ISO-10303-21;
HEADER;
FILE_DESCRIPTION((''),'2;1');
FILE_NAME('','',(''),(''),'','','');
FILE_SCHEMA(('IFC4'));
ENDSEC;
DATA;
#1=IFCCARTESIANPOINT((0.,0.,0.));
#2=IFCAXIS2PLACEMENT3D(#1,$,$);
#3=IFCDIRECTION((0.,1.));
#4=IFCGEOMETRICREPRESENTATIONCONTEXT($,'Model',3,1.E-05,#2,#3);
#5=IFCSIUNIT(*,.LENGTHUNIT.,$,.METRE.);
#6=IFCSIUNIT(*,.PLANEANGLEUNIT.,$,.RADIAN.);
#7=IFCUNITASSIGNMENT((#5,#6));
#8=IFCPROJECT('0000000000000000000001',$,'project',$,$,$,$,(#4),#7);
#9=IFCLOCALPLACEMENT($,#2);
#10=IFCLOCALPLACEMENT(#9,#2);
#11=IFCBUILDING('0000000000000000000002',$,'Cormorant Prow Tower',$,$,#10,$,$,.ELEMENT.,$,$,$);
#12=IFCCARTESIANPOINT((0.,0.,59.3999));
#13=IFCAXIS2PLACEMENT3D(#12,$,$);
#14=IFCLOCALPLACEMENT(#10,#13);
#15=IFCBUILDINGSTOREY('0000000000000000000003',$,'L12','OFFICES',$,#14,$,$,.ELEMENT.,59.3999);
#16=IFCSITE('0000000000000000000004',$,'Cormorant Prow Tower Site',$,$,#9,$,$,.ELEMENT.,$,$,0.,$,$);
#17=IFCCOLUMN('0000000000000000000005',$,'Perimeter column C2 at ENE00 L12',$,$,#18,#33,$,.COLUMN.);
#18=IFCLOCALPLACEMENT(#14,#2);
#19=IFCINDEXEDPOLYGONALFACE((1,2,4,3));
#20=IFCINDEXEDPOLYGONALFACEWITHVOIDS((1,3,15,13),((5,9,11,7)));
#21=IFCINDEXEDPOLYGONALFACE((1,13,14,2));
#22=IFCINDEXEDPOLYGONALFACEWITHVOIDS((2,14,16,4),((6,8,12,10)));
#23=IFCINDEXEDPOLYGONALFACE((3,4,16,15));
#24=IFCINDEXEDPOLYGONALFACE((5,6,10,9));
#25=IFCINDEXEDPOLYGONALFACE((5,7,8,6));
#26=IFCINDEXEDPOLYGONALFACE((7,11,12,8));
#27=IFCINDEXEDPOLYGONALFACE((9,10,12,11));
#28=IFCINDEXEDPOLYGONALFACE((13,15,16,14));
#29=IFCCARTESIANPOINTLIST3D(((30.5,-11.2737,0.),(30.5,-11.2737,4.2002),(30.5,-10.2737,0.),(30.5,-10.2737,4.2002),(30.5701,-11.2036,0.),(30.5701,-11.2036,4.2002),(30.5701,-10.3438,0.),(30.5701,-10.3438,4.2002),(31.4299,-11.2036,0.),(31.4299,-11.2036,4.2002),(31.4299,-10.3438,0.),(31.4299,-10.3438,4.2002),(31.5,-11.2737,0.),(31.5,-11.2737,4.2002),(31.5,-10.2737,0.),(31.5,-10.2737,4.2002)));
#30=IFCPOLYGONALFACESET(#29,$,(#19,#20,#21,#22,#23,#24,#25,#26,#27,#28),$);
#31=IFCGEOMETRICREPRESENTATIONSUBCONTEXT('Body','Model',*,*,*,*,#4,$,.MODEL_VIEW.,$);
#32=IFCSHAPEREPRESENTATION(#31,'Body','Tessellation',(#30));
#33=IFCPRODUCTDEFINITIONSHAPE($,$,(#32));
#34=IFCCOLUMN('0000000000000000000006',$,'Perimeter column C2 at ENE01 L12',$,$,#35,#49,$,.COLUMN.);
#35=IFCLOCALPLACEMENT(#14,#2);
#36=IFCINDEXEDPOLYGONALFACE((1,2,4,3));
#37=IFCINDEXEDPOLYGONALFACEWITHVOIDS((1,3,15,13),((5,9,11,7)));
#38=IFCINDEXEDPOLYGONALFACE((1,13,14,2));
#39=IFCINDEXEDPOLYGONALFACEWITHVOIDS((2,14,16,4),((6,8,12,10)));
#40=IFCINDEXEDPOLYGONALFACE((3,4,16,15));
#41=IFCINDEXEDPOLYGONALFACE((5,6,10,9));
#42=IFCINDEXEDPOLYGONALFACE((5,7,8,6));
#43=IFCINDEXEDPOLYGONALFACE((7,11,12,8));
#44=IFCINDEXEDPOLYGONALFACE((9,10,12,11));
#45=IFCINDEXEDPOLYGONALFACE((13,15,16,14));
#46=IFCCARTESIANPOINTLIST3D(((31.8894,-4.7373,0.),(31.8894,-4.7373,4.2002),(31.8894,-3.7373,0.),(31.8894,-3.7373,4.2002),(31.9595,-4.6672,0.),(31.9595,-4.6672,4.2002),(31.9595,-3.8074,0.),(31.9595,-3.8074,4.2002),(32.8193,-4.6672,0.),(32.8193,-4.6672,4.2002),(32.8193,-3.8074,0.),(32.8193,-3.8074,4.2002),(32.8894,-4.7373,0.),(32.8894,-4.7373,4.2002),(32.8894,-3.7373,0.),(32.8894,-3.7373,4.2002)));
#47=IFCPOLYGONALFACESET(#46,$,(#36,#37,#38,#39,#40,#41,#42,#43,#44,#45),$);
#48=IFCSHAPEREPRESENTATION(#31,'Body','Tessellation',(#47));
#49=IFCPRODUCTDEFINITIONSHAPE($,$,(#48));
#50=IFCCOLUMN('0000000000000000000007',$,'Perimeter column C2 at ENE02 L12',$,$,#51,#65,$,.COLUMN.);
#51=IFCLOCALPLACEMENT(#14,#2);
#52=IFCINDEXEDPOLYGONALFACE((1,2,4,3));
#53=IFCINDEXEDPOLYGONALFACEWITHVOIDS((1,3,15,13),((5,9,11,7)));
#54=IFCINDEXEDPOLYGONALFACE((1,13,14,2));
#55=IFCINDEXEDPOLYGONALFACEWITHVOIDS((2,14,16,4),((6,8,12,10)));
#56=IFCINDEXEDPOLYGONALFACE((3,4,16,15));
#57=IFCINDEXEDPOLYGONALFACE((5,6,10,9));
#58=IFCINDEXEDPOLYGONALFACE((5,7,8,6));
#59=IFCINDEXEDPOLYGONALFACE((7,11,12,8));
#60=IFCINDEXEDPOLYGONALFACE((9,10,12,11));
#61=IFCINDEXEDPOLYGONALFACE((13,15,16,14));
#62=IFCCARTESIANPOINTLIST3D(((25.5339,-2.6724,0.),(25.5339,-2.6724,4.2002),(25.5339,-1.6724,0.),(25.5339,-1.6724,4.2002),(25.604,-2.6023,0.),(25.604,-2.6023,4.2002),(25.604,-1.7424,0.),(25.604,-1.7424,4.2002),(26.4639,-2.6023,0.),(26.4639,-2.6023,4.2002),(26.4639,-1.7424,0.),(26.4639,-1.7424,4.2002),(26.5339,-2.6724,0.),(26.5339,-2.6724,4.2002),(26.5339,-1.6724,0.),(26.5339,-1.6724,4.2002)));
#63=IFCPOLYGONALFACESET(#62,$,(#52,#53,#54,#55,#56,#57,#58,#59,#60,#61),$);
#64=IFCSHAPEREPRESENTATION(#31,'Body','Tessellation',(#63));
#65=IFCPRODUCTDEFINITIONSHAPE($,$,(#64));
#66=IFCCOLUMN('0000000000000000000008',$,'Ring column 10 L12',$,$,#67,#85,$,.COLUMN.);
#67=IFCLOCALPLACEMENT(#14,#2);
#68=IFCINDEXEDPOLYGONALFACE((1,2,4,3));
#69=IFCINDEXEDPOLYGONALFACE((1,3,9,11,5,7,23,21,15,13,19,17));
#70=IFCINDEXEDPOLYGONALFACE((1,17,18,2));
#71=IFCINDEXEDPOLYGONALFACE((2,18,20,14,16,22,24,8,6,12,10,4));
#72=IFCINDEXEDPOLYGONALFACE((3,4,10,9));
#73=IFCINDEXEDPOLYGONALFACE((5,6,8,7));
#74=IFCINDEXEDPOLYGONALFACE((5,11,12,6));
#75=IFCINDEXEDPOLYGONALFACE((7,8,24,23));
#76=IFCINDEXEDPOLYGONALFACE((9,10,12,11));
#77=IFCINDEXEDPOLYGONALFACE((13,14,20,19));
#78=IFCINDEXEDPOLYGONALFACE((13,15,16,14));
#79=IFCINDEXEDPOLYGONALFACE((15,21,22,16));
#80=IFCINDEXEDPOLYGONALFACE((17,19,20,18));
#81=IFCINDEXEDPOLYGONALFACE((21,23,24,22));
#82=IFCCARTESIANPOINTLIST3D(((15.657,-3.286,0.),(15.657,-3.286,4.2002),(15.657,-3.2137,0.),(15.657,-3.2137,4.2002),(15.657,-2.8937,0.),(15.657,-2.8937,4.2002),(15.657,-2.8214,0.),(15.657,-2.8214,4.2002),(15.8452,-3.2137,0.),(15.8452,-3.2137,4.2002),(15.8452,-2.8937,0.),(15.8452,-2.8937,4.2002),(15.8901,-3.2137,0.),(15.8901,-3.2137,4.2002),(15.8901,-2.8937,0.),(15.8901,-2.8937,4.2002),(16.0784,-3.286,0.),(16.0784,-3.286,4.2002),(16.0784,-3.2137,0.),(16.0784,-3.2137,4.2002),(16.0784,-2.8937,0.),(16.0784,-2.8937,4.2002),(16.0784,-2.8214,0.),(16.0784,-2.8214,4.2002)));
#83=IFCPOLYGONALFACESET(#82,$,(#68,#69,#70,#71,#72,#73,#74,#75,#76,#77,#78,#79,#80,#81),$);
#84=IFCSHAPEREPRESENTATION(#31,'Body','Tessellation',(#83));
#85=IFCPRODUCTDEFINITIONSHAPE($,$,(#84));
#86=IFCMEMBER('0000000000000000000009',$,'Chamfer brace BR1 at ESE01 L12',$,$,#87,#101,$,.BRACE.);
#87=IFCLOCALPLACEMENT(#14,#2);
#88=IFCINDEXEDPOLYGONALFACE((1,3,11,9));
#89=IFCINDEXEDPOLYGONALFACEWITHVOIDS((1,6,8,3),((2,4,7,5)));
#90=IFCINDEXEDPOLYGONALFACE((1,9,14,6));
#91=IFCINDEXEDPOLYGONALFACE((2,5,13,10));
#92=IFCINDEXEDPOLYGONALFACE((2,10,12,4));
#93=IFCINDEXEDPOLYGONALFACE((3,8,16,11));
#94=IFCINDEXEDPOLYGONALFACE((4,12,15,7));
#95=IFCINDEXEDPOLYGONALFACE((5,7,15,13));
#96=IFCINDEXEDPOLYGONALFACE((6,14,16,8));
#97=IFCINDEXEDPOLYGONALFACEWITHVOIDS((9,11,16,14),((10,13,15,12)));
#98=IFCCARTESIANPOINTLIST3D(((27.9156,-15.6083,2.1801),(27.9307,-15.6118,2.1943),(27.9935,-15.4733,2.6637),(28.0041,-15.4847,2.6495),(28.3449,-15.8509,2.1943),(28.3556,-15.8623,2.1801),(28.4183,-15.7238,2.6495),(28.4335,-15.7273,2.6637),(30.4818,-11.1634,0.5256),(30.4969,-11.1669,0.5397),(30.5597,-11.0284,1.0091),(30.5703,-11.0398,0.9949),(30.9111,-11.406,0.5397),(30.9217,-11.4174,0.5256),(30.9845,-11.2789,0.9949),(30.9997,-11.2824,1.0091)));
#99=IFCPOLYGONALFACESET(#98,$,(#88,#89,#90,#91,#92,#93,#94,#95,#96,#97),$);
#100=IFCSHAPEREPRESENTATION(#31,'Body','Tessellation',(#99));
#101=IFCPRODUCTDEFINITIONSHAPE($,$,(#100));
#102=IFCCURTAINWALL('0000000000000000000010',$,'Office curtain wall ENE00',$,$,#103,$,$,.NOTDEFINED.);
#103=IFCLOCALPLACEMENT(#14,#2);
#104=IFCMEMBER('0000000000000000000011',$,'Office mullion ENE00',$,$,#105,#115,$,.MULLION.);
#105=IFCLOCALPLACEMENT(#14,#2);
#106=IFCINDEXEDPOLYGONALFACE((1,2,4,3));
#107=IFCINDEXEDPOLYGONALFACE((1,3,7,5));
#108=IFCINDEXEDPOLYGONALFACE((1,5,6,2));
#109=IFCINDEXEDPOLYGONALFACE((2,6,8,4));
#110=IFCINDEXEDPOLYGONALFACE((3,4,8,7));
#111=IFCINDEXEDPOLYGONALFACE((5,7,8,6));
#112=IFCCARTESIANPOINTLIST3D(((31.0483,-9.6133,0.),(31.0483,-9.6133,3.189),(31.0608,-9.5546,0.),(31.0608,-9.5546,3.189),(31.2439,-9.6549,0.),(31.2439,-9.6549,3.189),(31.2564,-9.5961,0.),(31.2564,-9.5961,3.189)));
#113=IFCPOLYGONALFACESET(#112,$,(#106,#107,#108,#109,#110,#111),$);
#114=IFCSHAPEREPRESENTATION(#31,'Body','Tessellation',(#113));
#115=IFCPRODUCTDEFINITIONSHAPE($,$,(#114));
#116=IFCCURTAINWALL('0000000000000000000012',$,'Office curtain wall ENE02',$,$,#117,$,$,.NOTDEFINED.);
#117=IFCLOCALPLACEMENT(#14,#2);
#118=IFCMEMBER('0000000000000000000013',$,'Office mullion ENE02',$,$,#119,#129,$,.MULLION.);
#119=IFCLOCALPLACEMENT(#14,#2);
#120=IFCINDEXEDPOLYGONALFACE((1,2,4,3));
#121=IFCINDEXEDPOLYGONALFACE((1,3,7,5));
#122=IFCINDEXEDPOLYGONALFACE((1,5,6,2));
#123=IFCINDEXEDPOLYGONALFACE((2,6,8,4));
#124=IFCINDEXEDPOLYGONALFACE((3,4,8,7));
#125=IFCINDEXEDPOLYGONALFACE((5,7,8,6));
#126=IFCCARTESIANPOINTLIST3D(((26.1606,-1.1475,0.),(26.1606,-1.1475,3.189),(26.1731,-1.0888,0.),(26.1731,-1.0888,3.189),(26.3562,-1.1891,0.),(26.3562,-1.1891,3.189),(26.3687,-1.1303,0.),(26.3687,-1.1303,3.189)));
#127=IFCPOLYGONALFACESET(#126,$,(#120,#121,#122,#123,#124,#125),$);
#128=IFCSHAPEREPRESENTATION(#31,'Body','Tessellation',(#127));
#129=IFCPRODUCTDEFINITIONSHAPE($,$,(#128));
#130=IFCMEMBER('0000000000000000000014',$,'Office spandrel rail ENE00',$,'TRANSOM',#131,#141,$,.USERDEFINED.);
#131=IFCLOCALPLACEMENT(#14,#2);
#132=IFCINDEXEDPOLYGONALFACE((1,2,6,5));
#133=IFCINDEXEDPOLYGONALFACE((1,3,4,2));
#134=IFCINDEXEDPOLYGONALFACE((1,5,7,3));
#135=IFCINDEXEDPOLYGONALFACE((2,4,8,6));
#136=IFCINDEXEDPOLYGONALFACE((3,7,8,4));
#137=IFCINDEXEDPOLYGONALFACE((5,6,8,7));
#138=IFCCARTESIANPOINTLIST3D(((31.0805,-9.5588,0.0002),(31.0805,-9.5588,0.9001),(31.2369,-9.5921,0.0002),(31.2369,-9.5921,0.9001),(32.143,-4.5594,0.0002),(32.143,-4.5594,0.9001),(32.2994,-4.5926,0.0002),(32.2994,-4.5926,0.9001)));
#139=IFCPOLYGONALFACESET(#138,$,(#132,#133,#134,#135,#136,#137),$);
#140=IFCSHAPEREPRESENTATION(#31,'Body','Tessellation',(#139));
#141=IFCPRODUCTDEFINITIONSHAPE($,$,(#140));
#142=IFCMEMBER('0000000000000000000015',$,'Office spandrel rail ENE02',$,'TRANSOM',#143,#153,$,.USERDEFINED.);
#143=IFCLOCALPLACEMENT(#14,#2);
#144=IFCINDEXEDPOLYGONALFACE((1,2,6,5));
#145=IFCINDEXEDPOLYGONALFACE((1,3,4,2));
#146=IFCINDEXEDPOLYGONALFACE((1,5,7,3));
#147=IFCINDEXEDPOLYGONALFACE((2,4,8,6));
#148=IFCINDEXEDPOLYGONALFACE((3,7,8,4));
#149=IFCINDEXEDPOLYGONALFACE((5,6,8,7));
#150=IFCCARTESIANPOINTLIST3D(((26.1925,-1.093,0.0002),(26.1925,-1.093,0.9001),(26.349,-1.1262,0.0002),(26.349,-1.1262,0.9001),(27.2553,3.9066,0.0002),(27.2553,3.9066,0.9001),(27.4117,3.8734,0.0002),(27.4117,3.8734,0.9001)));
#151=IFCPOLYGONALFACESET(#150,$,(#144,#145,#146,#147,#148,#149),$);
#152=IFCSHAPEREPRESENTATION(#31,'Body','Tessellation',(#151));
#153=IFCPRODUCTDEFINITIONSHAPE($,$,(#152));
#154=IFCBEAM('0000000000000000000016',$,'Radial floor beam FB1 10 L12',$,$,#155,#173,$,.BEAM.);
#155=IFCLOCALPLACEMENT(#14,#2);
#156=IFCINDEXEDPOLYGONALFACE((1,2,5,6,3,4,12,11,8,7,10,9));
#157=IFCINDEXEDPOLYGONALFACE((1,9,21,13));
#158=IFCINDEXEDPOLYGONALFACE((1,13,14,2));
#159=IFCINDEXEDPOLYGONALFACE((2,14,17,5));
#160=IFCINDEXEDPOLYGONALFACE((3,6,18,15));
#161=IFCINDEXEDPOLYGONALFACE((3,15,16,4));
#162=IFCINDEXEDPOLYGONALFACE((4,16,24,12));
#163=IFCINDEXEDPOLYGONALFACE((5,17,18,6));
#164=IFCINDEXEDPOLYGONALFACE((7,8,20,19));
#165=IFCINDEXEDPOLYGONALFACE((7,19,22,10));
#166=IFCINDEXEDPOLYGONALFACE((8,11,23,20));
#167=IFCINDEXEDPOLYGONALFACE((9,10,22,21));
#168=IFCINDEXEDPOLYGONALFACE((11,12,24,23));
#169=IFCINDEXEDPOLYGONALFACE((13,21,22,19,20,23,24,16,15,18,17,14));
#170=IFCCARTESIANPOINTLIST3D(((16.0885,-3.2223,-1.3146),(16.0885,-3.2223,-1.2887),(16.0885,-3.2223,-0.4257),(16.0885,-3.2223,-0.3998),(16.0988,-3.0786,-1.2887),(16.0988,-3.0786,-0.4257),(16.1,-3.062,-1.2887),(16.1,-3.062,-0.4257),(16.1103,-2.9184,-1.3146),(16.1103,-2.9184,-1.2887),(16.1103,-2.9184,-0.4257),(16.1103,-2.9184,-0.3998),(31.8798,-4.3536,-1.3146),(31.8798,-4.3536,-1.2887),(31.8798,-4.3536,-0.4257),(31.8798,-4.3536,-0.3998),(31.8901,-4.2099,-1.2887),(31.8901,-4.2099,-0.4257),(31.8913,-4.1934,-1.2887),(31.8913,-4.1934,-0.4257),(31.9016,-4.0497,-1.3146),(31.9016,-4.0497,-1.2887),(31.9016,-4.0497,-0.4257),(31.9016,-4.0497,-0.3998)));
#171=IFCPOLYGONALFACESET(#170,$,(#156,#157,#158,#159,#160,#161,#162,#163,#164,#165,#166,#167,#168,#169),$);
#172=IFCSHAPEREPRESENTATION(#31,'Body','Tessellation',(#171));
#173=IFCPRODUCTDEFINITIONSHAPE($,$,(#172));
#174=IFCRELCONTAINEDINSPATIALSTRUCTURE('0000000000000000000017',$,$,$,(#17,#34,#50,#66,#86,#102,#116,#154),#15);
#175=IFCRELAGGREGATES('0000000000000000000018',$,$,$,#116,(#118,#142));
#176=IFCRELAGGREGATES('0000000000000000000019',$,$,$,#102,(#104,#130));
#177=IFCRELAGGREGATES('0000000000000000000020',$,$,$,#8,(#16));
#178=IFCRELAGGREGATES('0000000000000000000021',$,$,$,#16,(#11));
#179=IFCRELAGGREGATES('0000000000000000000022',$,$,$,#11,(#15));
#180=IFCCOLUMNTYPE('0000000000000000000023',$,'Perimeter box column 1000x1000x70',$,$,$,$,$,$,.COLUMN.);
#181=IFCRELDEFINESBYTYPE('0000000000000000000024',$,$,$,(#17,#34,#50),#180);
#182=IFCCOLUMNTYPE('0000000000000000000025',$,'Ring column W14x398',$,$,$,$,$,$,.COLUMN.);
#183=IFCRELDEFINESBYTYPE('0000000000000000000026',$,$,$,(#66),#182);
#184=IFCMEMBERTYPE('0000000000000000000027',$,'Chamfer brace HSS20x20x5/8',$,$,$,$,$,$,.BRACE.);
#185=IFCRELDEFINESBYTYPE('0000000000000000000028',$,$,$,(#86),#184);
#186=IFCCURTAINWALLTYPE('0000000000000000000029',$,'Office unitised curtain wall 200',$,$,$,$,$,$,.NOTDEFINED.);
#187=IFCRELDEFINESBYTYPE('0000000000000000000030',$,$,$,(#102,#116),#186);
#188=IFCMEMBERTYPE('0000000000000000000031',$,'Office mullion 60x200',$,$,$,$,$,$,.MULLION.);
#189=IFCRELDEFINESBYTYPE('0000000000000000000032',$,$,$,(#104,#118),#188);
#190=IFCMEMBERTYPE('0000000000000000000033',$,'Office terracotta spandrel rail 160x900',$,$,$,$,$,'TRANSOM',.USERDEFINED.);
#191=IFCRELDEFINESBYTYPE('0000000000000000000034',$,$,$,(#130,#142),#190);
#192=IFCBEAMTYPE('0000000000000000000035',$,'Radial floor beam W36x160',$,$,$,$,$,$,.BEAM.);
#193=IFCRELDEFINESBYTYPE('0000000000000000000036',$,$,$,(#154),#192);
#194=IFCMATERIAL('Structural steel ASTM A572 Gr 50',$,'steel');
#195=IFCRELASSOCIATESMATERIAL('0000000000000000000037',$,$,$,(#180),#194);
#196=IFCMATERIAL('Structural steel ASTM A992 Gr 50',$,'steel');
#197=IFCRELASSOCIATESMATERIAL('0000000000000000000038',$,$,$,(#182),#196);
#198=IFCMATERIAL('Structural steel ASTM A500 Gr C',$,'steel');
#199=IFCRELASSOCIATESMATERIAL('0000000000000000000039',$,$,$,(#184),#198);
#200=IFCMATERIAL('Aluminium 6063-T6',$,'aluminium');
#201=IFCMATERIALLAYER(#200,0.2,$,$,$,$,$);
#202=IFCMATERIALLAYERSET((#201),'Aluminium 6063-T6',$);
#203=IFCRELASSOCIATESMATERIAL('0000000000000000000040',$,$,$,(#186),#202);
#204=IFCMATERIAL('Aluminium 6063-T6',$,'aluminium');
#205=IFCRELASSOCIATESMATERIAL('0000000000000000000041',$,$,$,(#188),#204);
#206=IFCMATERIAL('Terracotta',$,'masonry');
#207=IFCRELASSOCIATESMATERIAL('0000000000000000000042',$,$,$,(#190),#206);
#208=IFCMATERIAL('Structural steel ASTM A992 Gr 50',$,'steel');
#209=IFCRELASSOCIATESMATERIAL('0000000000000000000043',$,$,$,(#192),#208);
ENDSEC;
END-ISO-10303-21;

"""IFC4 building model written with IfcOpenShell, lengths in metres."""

from ifc_helpers import new_model, si_unit, direction, frame, origin, origin_2d, place, context, subcontext, project, spatial, rectangle, hollow_rectangle, i_section, extrude, material, layer, layer_set, material_profile, profile_set, type_object, element, aggregate, save


model = new_model("IFC4")

# Units and contexts
model_context = context("Model", 3, precision=1e-05, world=origin(), true_north=direction((0.0, 1.0)))
body_context = subcontext(model_context, "Body", "Model", "MODEL_VIEW")
ifc_project = project(units=[si_unit("LENGTHUNIT", "METRE"), si_unit("PLANEANGLEUNIT", "RADIAN")], contexts=[model_context])

# Site, building, storey
site_placement = place(None, origin())
site = spatial("IfcSite", under=ifc_project, at=site_placement, Name="Cormorant Prow Tower Site", CompositionType="ELEMENT", RefElevation=0.0)
building_placement = place(site_placement, origin())
building = spatial("IfcBuilding", under=site, at=building_placement, Name="Cormorant Prow Tower", CompositionType="ELEMENT")
storey_placement = place(building_placement, frame((0.0, 0.0, 59.3999)))
storey = spatial("IfcBuildingStorey", under=building, at=storey_placement, Name="L12", Description="OFFICES", CompositionType="ELEMENT", Elevation=59.3999)

# Columns
ifc_material_1 = material(Name="Structural steel ASTM A572 Gr 50", Category="steel")
ifc_material_profile_1 = material_profile(ifc_material_1, hollow_rectangle(XDim=1.0, YDim=1.0, WallThickness=0.0701, at=origin_2d()), Name="Box 1000x1000x70")
ifc_profile_set_1 = profile_set([ifc_material_profile_1], Name="Structural steel ASTM A572 Gr 50")
column_type_1 = type_object("IfcColumnType", Name="Perimeter box column 1000x1000x70", PredefinedType="COLUMN", material=ifc_profile_set_1)
for number, where, z_axis, x_axis, name in (
    (1, (31.0, -10.7737, 0.0), (0.0, 0.0, 1.0), (1.0, 0.0, 0.0), "Perimeter column C2 at ENE00 L12"),
    (2, (32.3894, -4.2373, 0.0), (0.0, 0.0, 1.0), (1.0, 0.0, 0.0), "Perimeter column C2 at ENE01 L12"),
    (3, (26.0339, -2.1724, 0.0), (0.0, 0.0, 1.0), (1.0, 0.0, 0.0), "Perimeter column C2 at ENE02 L12"),
):
    element("IfcColumn", number, at=place(storey_placement, frame(where, z_axis=z_axis, x_axis=x_axis)), inside=storey, type_object=column_type_1, Name=name, PredefinedType="COLUMN", context=body_context, shape_type="SweptSolid", body=[
        extrude(hollow_rectangle(XDim=1.0, YDim=1.0, WallThickness=0.0701, at=origin_2d()), origin(), (0.0, 0.0, 1.0), 4.2002),
    ])
ifc_material_2 = material(Name="Structural steel ASTM A992 Gr 50", Category="steel")
ifc_material_profile_2 = material_profile(ifc_material_2, i_section(OverallWidth=0.4214, OverallDepth=0.4646, WebThickness=0.0449, FlangeThickness=0.0723, at=origin_2d()), Name="W14x398")
ifc_profile_set_2 = profile_set([ifc_material_profile_2], Name="Structural steel ASTM A992 Gr 50")
column_type_2 = type_object("IfcColumnType", Name="Ring column W14x398", PredefinedType="COLUMN", material=ifc_profile_set_2)
column_placement = place(storey_placement, frame((15.8677, -3.0537, 0.0), z_axis=(0.0, 0.0, 1.0), x_axis=(1.0, 0.0, 0.0)))
element("IfcColumn", 4, at=column_placement, inside=storey, type_object=column_type_2, Name="Ring column 10 L12", PredefinedType="COLUMN", context=body_context, shape_type="SweptSolid", body=[
    extrude(i_section(OverallWidth=0.4214, OverallDepth=0.4646, WebThickness=0.0449, FlangeThickness=0.0723, at=origin_2d()), origin(), (0.0, 0.0, 1.0), 4.2002),
])

# Member
ifc_material_3 = material(Name="Structural steel ASTM A500 Gr C", Category="steel")
ifc_material_profile_3 = material_profile(ifc_material_3, hollow_rectangle(XDim=0.5081, YDim=0.5081, WallThickness=0.0149, at=origin_2d()), Name="HSS20x20x5/8")
ifc_profile_set_3 = profile_set([ifc_material_profile_3], Name="Structural steel ASTM A500 Gr C")
member_type_1 = type_object("IfcMemberType", Name="Chamfer brace HSS20x20x5/8", PredefinedType="BRACE", material=ifc_profile_set_3)
member_1_placement = place(storey_placement, frame((30.7407, -11.2229, 0.7673), z_axis=(-0.475875, -0.824259, 0.306822), x_axis=(0.86603, -0.499991, 0.0)))
element("IfcMember", 5, at=member_1_placement, inside=storey, type_object=member_type_1, Name="Chamfer brace BR1 at ESE01 L12", PredefinedType="BRACE", context=body_context, shape_type="SweptSolid", body=[
    extrude(hollow_rectangle(XDim=0.5081, YDim=0.5081, WallThickness=0.0149, at=origin_2d()), origin(), (0.0, 0.0, 1.0), 5.3926),
])

# Curtain walls, members
ifc_material_4 = material(Name="Aluminium 6063-T6", Category="aluminium")
ifc_layer_1 = layer(ifc_material_4, 0.2)
ifc_layer_set_1 = layer_set([ifc_layer_1], Name="Aluminium 6063-T6")
curtain_wall_type = type_object("IfcCurtainWallType", Name="Office unitised curtain wall 200", PredefinedType="NOTDEFINED", material=ifc_layer_set_1)
curtain_wall_1_placement = place(storey_placement, origin())
curtain_wall_1 = element("IfcCurtainWall", 6, at=curtain_wall_1_placement, inside=storey, type_object=curtain_wall_type, Name="Office curtain wall ENE00", PredefinedType="NOTDEFINED")
ifc_material_5 = material(Name="Aluminium 6063-T6", Category="aluminium")
ifc_material_profile_4 = material_profile(ifc_material_5, rectangle(XDim=0.2, YDim=0.0601, at=origin_2d()), Name="Office mullion 60x200")
ifc_profile_set_4 = profile_set([ifc_material_profile_4], Name="Aluminium 6063-T6")
member_type_2 = type_object("IfcMemberType", Name="Office mullion 60x200", PredefinedType="MULLION", material=ifc_profile_set_4)
member_2_placement = place(storey_placement, frame((31.1523, -9.6047, 0.0), z_axis=(0.0, 0.0, 1.0), x_axis=(-0.978148, 0.207912, 0.0)))
member_2 = element("IfcMember", 7, at=member_2_placement, type_object=member_type_2, Name="Office mullion ENE00", PredefinedType="MULLION", context=body_context, shape_type="SweptSolid", body=[
    extrude(rectangle(XDim=0.2, YDim=0.0601, at=origin_2d()), origin(), (0.0, 0.0, 1.0), 3.189),
])
curtain_wall_2_placement = place(storey_placement, origin())
curtain_wall_2 = element("IfcCurtainWall", 8, at=curtain_wall_2_placement, inside=storey, type_object=curtain_wall_type, Name="Office curtain wall ENE02", PredefinedType="NOTDEFINED")
member_3_placement = place(storey_placement, frame((26.2646, -1.1389, 0.0), z_axis=(0.0, 0.0, 1.0), x_axis=(-0.978148, 0.207912, 0.0)))
member_3 = element("IfcMember", 9, at=member_3_placement, type_object=member_type_2, Name="Office mullion ENE02", PredefinedType="MULLION", context=body_context, shape_type="SweptSolid", body=[
    extrude(rectangle(XDim=0.2, YDim=0.0601, at=origin_2d()), origin(), (0.0, 0.0, 1.0), 3.189),
])

# Members
ifc_material_6 = material(Name="Terracotta", Category="masonry")
ifc_material_profile_5 = material_profile(ifc_material_6, rectangle(XDim=0.1599, YDim=0.8999, at=origin_2d()), Name="Office terracotta spandrel rail 160x900")
ifc_profile_set_5 = profile_set([ifc_material_profile_5], Name="Terracotta")
member_type_3 = type_object("IfcMemberType", Name="Office terracotta spandrel rail 160x900", ElementType="TRANSOM", PredefinedType="USERDEFINED", material=ifc_profile_set_5)
member_4_placement = place(storey_placement, frame((31.1587, -9.5754, 0.4502), z_axis=(0.207878, 0.978155, 0.0), x_axis=(-0.978155, 0.207878, 0.0)))
member_4 = element("IfcMember", 10, at=member_4_placement, type_object=member_type_3, Name="Office spandrel rail ENE00", ObjectType="TRANSOM", PredefinedType="USERDEFINED", context=body_context, shape_type="SweptSolid", body=[
    extrude(rectangle(XDim=0.1599, YDim=0.8999, at=origin_2d()), origin(), (0.0, 0.0, 1.0), 5.1111),
])
member_5_placement = place(storey_placement, frame((26.2708, -1.1096, 0.4502), z_axis=(0.207924, 0.978145, 0.0), x_axis=(-0.978145, 0.207924, 0.0)))
member_5 = element("IfcMember", 11, at=member_5_placement, type_object=member_type_3, Name="Office spandrel rail ENE02", ObjectType="TRANSOM", PredefinedType="USERDEFINED", context=body_context, shape_type="SweptSolid", body=[
    extrude(rectangle(XDim=0.1599, YDim=0.8999, at=origin_2d()), origin(), (0.0, 0.0, 1.0), 5.1113),
])
aggregate(curtain_wall_2, [member_3, member_5])

# Beam
ifc_material_7 = material(Name="Structural steel ASTM A992 Gr 50", Category="steel")
ifc_material_profile_6 = material_profile(ifc_material_7, i_section(OverallWidth=0.3047, OverallDepth=0.9148, WebThickness=0.0166, FlangeThickness=0.0259, at=origin_2d()), Name="W36x160")
ifc_profile_set_6 = profile_set([ifc_material_profile_6], Name="Structural steel ASTM A992 Gr 50")
beam_type_1 = type_object("IfcBeamType", Name="Radial floor beam W36x160", PredefinedType="BEAM", material=ifc_profile_set_6)
beam_1_placement = place(storey_placement, frame((16.0994, -3.0703, -0.8572), z_axis=(0.997443, -0.071461, 0.0), x_axis=(0.071461, 0.997443, 0.0)))
element("IfcBeam", 12, at=beam_1_placement, inside=storey, type_object=beam_type_1, Name="Radial floor beam FB1 10 L12", PredefinedType="BEAM", context=body_context, shape_type="SweptSolid", body=[
    extrude(i_section(OverallWidth=0.3047, OverallDepth=0.9148, WebThickness=0.0166, FlangeThickness=0.0259, at=origin_2d()), origin(), (0.0, 0.0, 1.0), 15.8318),
])

aggregate(curtain_wall_1, [member_2, member_4])

save(model, "model.ifc")
